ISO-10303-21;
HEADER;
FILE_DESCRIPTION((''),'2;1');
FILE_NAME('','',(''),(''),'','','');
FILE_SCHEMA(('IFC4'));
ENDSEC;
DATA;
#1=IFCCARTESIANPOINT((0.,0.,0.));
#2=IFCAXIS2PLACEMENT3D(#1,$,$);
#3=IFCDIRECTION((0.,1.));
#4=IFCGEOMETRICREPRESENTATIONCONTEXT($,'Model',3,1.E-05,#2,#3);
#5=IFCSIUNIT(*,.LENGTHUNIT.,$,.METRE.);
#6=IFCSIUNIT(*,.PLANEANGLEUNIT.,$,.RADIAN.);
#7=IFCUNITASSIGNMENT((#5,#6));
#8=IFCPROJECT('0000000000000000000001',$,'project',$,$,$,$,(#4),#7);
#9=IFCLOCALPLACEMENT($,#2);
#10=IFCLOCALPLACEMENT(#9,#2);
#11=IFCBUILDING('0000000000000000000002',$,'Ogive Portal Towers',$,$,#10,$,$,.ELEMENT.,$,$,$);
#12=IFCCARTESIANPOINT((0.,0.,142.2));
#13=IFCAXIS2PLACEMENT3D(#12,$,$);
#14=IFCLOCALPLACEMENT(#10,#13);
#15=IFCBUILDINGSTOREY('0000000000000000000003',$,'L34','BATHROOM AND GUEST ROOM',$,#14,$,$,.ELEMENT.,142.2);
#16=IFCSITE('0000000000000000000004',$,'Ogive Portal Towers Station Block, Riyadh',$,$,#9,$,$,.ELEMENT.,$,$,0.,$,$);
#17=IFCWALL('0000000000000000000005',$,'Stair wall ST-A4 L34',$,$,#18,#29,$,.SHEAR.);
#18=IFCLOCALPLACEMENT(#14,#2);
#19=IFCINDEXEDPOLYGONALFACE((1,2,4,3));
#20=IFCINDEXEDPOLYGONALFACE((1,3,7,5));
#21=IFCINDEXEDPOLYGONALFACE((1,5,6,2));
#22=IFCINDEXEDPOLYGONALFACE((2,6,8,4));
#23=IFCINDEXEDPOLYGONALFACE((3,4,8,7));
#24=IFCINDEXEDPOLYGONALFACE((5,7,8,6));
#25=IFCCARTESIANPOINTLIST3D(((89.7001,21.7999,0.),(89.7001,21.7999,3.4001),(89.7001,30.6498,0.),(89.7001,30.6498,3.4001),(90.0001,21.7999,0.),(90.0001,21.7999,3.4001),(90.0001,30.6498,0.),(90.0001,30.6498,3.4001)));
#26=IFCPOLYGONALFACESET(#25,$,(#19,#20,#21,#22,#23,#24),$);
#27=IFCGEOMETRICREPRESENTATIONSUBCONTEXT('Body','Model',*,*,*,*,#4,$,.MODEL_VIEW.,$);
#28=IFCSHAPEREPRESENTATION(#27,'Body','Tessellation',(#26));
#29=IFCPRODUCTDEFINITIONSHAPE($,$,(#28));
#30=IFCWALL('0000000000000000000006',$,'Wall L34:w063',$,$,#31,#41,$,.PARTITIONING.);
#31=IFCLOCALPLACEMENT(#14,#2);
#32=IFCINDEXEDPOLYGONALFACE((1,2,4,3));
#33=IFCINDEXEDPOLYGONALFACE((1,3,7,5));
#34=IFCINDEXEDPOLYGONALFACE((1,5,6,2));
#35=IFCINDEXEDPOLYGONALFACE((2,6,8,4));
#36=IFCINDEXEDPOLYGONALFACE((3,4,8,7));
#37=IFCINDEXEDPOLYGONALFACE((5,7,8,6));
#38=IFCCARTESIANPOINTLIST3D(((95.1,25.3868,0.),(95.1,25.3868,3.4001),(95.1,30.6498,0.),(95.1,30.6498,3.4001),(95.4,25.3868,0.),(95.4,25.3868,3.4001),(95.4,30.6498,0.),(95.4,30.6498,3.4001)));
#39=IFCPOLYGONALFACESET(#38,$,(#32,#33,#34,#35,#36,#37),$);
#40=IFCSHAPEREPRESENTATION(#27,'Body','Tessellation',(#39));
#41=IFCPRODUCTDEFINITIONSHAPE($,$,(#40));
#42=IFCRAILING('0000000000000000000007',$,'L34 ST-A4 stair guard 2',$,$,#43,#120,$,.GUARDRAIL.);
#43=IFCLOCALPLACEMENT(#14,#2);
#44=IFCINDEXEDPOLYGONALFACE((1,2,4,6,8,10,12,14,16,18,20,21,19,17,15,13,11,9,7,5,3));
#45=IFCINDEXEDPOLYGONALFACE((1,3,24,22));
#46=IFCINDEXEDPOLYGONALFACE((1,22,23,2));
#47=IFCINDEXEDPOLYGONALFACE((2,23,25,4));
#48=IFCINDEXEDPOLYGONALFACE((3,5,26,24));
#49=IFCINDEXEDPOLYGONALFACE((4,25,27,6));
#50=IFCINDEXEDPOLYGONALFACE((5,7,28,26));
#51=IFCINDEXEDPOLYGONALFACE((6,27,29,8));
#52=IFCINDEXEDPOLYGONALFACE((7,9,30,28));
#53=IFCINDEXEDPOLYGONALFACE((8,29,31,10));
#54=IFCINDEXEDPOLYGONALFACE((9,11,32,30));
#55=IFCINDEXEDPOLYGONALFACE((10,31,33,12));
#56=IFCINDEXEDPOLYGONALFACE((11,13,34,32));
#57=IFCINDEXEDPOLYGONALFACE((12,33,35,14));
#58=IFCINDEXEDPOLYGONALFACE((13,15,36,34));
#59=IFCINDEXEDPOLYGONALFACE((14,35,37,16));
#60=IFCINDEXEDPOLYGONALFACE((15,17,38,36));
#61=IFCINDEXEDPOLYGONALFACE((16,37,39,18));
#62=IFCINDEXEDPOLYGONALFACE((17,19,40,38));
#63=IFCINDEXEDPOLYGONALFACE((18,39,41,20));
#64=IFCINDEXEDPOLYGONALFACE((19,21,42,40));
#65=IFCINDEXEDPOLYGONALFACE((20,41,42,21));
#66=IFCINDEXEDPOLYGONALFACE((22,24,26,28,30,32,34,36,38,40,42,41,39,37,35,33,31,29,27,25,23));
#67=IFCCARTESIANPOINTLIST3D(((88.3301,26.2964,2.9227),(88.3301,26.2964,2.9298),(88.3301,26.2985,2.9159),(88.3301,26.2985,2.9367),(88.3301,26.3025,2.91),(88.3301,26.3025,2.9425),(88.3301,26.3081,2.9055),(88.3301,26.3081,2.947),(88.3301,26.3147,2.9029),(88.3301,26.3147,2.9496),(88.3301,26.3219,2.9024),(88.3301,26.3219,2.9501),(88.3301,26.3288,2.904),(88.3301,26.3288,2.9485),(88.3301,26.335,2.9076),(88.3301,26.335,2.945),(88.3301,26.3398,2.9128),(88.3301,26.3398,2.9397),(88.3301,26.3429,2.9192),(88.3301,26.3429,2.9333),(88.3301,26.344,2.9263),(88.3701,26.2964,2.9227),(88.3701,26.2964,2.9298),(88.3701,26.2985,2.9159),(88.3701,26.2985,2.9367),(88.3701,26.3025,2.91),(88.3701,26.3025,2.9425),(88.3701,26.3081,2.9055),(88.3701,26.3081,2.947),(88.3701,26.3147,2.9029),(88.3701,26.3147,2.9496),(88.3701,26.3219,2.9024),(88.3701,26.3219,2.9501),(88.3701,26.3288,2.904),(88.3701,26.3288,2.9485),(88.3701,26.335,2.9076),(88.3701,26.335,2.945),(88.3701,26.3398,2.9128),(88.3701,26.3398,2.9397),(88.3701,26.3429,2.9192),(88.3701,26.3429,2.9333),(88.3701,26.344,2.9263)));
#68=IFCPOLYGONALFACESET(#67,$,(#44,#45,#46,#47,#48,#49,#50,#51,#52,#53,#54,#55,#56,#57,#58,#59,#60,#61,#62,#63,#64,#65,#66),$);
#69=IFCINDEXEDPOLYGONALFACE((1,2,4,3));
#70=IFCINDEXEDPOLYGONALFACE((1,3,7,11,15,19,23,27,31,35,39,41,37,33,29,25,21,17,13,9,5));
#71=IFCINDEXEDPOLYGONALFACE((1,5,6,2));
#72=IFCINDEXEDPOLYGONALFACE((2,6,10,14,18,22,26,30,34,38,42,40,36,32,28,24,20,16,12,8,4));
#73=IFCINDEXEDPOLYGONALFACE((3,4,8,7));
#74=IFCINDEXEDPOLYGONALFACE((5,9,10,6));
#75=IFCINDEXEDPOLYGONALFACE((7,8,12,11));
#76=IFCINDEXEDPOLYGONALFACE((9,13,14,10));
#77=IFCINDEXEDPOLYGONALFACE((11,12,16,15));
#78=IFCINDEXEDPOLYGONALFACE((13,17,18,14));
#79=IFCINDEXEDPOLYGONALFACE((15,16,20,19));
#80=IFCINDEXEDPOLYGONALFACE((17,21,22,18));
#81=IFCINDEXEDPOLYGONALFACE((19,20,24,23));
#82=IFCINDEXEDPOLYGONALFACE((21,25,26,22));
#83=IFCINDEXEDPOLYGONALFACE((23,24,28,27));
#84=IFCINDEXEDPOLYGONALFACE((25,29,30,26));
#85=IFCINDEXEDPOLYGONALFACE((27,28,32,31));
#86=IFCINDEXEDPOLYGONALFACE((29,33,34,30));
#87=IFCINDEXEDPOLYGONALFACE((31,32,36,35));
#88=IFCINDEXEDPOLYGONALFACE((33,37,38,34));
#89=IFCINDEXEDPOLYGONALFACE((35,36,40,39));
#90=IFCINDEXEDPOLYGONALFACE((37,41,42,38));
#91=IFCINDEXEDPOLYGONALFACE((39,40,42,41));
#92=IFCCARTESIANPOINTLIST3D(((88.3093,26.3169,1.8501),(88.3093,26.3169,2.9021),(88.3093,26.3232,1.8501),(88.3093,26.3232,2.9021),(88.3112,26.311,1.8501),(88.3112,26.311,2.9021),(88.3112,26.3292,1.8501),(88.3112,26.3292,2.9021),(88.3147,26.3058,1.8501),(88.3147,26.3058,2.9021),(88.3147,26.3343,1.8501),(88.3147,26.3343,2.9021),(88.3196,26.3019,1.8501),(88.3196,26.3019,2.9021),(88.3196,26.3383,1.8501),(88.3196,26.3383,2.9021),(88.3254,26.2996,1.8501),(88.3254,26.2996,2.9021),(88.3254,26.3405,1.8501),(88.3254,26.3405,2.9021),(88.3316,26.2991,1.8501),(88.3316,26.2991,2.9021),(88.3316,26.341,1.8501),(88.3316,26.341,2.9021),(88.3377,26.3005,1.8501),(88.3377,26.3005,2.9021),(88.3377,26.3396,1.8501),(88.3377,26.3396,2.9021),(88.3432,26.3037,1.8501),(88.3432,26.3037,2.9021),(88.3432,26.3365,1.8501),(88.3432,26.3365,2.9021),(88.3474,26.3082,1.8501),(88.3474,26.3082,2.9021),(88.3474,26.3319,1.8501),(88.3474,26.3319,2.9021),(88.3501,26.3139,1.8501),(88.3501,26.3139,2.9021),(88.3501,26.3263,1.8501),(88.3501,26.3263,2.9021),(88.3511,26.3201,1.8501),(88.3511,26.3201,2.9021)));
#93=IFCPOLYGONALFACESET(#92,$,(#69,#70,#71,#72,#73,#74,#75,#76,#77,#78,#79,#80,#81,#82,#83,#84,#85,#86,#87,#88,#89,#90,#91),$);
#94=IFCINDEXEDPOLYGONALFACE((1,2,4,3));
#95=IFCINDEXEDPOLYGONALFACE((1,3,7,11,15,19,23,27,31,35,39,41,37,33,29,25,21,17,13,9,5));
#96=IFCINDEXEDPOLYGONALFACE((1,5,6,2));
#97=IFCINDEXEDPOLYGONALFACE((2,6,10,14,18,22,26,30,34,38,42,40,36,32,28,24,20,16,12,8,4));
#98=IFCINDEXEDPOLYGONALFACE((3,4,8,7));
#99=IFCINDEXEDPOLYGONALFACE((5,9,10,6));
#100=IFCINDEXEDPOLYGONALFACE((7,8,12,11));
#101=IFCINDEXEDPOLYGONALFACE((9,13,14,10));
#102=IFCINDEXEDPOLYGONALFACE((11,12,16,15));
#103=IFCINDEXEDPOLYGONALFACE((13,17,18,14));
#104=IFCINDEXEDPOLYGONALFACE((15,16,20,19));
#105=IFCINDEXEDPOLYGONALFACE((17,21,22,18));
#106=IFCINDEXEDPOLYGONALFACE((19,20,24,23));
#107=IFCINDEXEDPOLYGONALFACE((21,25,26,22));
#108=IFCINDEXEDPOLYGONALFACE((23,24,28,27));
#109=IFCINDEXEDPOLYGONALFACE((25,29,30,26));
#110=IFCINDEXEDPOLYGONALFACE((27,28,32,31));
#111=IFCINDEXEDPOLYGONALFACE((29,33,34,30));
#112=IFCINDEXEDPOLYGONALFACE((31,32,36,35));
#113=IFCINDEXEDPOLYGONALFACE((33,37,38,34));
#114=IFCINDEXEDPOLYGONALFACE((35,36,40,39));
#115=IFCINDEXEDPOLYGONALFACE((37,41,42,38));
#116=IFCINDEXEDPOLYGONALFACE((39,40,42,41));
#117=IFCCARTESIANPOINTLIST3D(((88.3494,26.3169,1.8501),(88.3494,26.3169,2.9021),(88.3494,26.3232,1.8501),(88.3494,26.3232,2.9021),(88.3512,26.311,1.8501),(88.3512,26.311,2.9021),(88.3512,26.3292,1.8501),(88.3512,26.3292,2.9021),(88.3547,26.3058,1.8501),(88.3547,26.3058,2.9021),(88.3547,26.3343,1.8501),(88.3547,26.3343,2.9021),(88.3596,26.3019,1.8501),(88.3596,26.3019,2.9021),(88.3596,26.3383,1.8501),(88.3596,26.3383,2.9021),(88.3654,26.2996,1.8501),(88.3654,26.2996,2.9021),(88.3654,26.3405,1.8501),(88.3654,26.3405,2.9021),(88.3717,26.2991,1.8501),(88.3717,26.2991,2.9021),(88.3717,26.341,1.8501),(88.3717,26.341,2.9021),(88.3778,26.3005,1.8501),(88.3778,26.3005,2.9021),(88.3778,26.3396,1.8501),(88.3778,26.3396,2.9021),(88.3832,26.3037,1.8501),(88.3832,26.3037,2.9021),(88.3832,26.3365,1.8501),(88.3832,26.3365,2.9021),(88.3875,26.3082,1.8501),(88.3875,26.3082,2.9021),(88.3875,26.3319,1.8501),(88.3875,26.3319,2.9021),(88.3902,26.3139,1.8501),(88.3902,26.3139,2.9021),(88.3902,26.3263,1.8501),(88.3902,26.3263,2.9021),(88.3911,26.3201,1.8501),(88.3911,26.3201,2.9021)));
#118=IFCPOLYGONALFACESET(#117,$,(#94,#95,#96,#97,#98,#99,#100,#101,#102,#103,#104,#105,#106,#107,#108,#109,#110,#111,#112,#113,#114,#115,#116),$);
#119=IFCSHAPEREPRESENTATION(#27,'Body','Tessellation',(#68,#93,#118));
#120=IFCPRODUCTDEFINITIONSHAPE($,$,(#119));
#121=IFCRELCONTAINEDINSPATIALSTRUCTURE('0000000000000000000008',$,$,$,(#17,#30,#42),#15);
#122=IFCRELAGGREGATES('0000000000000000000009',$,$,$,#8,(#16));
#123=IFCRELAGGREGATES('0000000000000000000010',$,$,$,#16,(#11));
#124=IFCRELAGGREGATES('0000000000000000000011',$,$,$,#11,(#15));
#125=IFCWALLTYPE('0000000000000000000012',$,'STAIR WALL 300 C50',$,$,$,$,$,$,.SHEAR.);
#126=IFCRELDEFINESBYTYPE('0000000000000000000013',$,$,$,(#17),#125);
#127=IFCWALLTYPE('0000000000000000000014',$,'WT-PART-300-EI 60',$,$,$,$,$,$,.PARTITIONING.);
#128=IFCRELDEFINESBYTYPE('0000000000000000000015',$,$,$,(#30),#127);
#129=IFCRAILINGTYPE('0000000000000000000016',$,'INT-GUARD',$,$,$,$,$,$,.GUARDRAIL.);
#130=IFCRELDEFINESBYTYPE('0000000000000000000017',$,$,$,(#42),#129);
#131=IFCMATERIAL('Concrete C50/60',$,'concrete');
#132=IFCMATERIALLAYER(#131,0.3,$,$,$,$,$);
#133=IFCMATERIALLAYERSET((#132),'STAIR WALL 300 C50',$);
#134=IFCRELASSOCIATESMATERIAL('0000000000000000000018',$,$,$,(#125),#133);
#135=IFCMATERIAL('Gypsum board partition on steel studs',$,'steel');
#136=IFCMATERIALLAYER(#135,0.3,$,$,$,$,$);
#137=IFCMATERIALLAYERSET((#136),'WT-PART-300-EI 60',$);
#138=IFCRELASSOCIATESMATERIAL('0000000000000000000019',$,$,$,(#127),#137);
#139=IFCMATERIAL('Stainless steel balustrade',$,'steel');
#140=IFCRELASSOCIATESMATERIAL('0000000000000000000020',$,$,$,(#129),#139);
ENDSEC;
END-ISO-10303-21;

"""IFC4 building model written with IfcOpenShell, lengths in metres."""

from ifc_helpers import new_model, si_unit, direction, frame, frame_2d, origin, origin_2d, place, context, subcontext, project, spatial, rectangle, circle, extrude, material, layer, layer_set, type_object, element, save


model = new_model("IFC4")

# Units and contexts
model_context = context("Model", 3, precision=1e-05, world=origin(), true_north=direction((0.0, 1.0)))
body_context = subcontext(model_context, "Body", "Model", "MODEL_VIEW")
ifc_project = project(units=[si_unit("LENGTHUNIT", "METRE"), si_unit("PLANEANGLEUNIT", "RADIAN")], contexts=[model_context])

# Site, building, storey
site_placement = place(None, origin())
site = spatial("IfcSite", under=ifc_project, at=site_placement, Name="Ogive Portal Towers Station Block, Riyadh", CompositionType="ELEMENT", RefElevation=0.0)
building_placement = place(site_placement, origin())
building = spatial("IfcBuilding", under=site, at=building_placement, Name="Ogive Portal Towers", CompositionType="ELEMENT")
storey_placement = place(building_placement, frame((0.0, 0.0, 142.2)))
storey = spatial("IfcBuildingStorey", under=building, at=storey_placement, Name="L34", Description="BATHROOM AND GUEST ROOM", CompositionType="ELEMENT", Elevation=142.2)

# Walls
ifc_material_1 = material(Name="Concrete C50/60", Category="concrete")
ifc_layer_1 = layer(ifc_material_1, 0.3)
ifc_layer_set_1 = layer_set([ifc_layer_1], Name="STAIR WALL 300 C50")
wall_type_1 = type_object("IfcWallType", Name="STAIR WALL 300 C50", PredefinedType="SHEAR", material=ifc_layer_set_1)
for number, where, z_axis, x_axis, name in (
    (1, (89.8501, 21.8, 0.0), (0.0, 0.0, 1.0), (0.0, 1.0, 0.0), "Stair wall ST-A4 L34"),
):
    element("IfcWall", number, at=place(storey_placement, frame(where, z_axis=z_axis, x_axis=x_axis)), inside=storey, type_object=wall_type_1, Name=name, PredefinedType="SHEAR", context=body_context, shape_type="SweptSolid", body=[
        extrude(rectangle(XDim=8.8499, YDim=0.3, at=frame_2d((4.4248, 0.0))), origin(), (0.0, 0.0, 1.0), 3.4001),
    ])
ifc_material_2 = material(Name="Gypsum board partition on steel studs", Category="steel")
ifc_layer_2 = layer(ifc_material_2, 0.3)
ifc_layer_set_2 = layer_set([ifc_layer_2], Name="WT-PART-300-EI 60")
wall_type_2 = type_object("IfcWallType", Name="WT-PART-300-EI 60", PredefinedType="PARTITIONING", material=ifc_layer_set_2)
wall_1_placement = place(storey_placement, frame((95.25, 25.387, 0.0), z_axis=(0.0, 0.0, 1.0), x_axis=(0.0, 1.0, 0.0)))
element("IfcWall", 2, at=wall_1_placement, inside=storey, type_object=wall_type_2, Name="Wall L34:w063", PredefinedType="PARTITIONING", context=body_context, shape_type="SweptSolid", body=[
    extrude(rectangle(XDim=5.2629, YDim=0.3, at=frame_2d((2.6313, 0.0))), origin(), (0.0, 0.0, 1.0), 3.4001),
])

# Railing
ifc_material_3 = material(Name="Stainless steel balustrade", Category="steel")
railing_type_1 = type_object("IfcRailingType", Name="INT-GUARD", PredefinedType="GUARDRAIL", material=ifc_material_3)
railing_1_placement = place(storey_placement, frame((88.3301, 26.3201, 1.8501)))
element("IfcRailing", 3, at=railing_1_placement, inside=storey, type_object=railing_type_1, Name="L34 ST-A4 stair guard 2", PredefinedType="GUARDRAIL", context=body_context, shape_type="SweptSolid", body=[
    extrude(circle(Radius=0.0239, at=origin_2d()), frame((0.0, 0.0, 1.0762), z_axis=(1.0, 0.0, 0.0), x_axis=(0.0, 1.0, 0.0)), (0.0, 0.0, 1.0), 0.04),
    extrude(circle(Radius=0.021, at=origin_2d()), origin(), (0.0, 0.0, 1.0), 1.052),
    extrude(circle(Radius=0.021, at=origin_2d()), frame((0.04, 0.0, 0.0)), (0.0, 0.0, 1.0), 1.052),
])

save(model, "model.ifc")
